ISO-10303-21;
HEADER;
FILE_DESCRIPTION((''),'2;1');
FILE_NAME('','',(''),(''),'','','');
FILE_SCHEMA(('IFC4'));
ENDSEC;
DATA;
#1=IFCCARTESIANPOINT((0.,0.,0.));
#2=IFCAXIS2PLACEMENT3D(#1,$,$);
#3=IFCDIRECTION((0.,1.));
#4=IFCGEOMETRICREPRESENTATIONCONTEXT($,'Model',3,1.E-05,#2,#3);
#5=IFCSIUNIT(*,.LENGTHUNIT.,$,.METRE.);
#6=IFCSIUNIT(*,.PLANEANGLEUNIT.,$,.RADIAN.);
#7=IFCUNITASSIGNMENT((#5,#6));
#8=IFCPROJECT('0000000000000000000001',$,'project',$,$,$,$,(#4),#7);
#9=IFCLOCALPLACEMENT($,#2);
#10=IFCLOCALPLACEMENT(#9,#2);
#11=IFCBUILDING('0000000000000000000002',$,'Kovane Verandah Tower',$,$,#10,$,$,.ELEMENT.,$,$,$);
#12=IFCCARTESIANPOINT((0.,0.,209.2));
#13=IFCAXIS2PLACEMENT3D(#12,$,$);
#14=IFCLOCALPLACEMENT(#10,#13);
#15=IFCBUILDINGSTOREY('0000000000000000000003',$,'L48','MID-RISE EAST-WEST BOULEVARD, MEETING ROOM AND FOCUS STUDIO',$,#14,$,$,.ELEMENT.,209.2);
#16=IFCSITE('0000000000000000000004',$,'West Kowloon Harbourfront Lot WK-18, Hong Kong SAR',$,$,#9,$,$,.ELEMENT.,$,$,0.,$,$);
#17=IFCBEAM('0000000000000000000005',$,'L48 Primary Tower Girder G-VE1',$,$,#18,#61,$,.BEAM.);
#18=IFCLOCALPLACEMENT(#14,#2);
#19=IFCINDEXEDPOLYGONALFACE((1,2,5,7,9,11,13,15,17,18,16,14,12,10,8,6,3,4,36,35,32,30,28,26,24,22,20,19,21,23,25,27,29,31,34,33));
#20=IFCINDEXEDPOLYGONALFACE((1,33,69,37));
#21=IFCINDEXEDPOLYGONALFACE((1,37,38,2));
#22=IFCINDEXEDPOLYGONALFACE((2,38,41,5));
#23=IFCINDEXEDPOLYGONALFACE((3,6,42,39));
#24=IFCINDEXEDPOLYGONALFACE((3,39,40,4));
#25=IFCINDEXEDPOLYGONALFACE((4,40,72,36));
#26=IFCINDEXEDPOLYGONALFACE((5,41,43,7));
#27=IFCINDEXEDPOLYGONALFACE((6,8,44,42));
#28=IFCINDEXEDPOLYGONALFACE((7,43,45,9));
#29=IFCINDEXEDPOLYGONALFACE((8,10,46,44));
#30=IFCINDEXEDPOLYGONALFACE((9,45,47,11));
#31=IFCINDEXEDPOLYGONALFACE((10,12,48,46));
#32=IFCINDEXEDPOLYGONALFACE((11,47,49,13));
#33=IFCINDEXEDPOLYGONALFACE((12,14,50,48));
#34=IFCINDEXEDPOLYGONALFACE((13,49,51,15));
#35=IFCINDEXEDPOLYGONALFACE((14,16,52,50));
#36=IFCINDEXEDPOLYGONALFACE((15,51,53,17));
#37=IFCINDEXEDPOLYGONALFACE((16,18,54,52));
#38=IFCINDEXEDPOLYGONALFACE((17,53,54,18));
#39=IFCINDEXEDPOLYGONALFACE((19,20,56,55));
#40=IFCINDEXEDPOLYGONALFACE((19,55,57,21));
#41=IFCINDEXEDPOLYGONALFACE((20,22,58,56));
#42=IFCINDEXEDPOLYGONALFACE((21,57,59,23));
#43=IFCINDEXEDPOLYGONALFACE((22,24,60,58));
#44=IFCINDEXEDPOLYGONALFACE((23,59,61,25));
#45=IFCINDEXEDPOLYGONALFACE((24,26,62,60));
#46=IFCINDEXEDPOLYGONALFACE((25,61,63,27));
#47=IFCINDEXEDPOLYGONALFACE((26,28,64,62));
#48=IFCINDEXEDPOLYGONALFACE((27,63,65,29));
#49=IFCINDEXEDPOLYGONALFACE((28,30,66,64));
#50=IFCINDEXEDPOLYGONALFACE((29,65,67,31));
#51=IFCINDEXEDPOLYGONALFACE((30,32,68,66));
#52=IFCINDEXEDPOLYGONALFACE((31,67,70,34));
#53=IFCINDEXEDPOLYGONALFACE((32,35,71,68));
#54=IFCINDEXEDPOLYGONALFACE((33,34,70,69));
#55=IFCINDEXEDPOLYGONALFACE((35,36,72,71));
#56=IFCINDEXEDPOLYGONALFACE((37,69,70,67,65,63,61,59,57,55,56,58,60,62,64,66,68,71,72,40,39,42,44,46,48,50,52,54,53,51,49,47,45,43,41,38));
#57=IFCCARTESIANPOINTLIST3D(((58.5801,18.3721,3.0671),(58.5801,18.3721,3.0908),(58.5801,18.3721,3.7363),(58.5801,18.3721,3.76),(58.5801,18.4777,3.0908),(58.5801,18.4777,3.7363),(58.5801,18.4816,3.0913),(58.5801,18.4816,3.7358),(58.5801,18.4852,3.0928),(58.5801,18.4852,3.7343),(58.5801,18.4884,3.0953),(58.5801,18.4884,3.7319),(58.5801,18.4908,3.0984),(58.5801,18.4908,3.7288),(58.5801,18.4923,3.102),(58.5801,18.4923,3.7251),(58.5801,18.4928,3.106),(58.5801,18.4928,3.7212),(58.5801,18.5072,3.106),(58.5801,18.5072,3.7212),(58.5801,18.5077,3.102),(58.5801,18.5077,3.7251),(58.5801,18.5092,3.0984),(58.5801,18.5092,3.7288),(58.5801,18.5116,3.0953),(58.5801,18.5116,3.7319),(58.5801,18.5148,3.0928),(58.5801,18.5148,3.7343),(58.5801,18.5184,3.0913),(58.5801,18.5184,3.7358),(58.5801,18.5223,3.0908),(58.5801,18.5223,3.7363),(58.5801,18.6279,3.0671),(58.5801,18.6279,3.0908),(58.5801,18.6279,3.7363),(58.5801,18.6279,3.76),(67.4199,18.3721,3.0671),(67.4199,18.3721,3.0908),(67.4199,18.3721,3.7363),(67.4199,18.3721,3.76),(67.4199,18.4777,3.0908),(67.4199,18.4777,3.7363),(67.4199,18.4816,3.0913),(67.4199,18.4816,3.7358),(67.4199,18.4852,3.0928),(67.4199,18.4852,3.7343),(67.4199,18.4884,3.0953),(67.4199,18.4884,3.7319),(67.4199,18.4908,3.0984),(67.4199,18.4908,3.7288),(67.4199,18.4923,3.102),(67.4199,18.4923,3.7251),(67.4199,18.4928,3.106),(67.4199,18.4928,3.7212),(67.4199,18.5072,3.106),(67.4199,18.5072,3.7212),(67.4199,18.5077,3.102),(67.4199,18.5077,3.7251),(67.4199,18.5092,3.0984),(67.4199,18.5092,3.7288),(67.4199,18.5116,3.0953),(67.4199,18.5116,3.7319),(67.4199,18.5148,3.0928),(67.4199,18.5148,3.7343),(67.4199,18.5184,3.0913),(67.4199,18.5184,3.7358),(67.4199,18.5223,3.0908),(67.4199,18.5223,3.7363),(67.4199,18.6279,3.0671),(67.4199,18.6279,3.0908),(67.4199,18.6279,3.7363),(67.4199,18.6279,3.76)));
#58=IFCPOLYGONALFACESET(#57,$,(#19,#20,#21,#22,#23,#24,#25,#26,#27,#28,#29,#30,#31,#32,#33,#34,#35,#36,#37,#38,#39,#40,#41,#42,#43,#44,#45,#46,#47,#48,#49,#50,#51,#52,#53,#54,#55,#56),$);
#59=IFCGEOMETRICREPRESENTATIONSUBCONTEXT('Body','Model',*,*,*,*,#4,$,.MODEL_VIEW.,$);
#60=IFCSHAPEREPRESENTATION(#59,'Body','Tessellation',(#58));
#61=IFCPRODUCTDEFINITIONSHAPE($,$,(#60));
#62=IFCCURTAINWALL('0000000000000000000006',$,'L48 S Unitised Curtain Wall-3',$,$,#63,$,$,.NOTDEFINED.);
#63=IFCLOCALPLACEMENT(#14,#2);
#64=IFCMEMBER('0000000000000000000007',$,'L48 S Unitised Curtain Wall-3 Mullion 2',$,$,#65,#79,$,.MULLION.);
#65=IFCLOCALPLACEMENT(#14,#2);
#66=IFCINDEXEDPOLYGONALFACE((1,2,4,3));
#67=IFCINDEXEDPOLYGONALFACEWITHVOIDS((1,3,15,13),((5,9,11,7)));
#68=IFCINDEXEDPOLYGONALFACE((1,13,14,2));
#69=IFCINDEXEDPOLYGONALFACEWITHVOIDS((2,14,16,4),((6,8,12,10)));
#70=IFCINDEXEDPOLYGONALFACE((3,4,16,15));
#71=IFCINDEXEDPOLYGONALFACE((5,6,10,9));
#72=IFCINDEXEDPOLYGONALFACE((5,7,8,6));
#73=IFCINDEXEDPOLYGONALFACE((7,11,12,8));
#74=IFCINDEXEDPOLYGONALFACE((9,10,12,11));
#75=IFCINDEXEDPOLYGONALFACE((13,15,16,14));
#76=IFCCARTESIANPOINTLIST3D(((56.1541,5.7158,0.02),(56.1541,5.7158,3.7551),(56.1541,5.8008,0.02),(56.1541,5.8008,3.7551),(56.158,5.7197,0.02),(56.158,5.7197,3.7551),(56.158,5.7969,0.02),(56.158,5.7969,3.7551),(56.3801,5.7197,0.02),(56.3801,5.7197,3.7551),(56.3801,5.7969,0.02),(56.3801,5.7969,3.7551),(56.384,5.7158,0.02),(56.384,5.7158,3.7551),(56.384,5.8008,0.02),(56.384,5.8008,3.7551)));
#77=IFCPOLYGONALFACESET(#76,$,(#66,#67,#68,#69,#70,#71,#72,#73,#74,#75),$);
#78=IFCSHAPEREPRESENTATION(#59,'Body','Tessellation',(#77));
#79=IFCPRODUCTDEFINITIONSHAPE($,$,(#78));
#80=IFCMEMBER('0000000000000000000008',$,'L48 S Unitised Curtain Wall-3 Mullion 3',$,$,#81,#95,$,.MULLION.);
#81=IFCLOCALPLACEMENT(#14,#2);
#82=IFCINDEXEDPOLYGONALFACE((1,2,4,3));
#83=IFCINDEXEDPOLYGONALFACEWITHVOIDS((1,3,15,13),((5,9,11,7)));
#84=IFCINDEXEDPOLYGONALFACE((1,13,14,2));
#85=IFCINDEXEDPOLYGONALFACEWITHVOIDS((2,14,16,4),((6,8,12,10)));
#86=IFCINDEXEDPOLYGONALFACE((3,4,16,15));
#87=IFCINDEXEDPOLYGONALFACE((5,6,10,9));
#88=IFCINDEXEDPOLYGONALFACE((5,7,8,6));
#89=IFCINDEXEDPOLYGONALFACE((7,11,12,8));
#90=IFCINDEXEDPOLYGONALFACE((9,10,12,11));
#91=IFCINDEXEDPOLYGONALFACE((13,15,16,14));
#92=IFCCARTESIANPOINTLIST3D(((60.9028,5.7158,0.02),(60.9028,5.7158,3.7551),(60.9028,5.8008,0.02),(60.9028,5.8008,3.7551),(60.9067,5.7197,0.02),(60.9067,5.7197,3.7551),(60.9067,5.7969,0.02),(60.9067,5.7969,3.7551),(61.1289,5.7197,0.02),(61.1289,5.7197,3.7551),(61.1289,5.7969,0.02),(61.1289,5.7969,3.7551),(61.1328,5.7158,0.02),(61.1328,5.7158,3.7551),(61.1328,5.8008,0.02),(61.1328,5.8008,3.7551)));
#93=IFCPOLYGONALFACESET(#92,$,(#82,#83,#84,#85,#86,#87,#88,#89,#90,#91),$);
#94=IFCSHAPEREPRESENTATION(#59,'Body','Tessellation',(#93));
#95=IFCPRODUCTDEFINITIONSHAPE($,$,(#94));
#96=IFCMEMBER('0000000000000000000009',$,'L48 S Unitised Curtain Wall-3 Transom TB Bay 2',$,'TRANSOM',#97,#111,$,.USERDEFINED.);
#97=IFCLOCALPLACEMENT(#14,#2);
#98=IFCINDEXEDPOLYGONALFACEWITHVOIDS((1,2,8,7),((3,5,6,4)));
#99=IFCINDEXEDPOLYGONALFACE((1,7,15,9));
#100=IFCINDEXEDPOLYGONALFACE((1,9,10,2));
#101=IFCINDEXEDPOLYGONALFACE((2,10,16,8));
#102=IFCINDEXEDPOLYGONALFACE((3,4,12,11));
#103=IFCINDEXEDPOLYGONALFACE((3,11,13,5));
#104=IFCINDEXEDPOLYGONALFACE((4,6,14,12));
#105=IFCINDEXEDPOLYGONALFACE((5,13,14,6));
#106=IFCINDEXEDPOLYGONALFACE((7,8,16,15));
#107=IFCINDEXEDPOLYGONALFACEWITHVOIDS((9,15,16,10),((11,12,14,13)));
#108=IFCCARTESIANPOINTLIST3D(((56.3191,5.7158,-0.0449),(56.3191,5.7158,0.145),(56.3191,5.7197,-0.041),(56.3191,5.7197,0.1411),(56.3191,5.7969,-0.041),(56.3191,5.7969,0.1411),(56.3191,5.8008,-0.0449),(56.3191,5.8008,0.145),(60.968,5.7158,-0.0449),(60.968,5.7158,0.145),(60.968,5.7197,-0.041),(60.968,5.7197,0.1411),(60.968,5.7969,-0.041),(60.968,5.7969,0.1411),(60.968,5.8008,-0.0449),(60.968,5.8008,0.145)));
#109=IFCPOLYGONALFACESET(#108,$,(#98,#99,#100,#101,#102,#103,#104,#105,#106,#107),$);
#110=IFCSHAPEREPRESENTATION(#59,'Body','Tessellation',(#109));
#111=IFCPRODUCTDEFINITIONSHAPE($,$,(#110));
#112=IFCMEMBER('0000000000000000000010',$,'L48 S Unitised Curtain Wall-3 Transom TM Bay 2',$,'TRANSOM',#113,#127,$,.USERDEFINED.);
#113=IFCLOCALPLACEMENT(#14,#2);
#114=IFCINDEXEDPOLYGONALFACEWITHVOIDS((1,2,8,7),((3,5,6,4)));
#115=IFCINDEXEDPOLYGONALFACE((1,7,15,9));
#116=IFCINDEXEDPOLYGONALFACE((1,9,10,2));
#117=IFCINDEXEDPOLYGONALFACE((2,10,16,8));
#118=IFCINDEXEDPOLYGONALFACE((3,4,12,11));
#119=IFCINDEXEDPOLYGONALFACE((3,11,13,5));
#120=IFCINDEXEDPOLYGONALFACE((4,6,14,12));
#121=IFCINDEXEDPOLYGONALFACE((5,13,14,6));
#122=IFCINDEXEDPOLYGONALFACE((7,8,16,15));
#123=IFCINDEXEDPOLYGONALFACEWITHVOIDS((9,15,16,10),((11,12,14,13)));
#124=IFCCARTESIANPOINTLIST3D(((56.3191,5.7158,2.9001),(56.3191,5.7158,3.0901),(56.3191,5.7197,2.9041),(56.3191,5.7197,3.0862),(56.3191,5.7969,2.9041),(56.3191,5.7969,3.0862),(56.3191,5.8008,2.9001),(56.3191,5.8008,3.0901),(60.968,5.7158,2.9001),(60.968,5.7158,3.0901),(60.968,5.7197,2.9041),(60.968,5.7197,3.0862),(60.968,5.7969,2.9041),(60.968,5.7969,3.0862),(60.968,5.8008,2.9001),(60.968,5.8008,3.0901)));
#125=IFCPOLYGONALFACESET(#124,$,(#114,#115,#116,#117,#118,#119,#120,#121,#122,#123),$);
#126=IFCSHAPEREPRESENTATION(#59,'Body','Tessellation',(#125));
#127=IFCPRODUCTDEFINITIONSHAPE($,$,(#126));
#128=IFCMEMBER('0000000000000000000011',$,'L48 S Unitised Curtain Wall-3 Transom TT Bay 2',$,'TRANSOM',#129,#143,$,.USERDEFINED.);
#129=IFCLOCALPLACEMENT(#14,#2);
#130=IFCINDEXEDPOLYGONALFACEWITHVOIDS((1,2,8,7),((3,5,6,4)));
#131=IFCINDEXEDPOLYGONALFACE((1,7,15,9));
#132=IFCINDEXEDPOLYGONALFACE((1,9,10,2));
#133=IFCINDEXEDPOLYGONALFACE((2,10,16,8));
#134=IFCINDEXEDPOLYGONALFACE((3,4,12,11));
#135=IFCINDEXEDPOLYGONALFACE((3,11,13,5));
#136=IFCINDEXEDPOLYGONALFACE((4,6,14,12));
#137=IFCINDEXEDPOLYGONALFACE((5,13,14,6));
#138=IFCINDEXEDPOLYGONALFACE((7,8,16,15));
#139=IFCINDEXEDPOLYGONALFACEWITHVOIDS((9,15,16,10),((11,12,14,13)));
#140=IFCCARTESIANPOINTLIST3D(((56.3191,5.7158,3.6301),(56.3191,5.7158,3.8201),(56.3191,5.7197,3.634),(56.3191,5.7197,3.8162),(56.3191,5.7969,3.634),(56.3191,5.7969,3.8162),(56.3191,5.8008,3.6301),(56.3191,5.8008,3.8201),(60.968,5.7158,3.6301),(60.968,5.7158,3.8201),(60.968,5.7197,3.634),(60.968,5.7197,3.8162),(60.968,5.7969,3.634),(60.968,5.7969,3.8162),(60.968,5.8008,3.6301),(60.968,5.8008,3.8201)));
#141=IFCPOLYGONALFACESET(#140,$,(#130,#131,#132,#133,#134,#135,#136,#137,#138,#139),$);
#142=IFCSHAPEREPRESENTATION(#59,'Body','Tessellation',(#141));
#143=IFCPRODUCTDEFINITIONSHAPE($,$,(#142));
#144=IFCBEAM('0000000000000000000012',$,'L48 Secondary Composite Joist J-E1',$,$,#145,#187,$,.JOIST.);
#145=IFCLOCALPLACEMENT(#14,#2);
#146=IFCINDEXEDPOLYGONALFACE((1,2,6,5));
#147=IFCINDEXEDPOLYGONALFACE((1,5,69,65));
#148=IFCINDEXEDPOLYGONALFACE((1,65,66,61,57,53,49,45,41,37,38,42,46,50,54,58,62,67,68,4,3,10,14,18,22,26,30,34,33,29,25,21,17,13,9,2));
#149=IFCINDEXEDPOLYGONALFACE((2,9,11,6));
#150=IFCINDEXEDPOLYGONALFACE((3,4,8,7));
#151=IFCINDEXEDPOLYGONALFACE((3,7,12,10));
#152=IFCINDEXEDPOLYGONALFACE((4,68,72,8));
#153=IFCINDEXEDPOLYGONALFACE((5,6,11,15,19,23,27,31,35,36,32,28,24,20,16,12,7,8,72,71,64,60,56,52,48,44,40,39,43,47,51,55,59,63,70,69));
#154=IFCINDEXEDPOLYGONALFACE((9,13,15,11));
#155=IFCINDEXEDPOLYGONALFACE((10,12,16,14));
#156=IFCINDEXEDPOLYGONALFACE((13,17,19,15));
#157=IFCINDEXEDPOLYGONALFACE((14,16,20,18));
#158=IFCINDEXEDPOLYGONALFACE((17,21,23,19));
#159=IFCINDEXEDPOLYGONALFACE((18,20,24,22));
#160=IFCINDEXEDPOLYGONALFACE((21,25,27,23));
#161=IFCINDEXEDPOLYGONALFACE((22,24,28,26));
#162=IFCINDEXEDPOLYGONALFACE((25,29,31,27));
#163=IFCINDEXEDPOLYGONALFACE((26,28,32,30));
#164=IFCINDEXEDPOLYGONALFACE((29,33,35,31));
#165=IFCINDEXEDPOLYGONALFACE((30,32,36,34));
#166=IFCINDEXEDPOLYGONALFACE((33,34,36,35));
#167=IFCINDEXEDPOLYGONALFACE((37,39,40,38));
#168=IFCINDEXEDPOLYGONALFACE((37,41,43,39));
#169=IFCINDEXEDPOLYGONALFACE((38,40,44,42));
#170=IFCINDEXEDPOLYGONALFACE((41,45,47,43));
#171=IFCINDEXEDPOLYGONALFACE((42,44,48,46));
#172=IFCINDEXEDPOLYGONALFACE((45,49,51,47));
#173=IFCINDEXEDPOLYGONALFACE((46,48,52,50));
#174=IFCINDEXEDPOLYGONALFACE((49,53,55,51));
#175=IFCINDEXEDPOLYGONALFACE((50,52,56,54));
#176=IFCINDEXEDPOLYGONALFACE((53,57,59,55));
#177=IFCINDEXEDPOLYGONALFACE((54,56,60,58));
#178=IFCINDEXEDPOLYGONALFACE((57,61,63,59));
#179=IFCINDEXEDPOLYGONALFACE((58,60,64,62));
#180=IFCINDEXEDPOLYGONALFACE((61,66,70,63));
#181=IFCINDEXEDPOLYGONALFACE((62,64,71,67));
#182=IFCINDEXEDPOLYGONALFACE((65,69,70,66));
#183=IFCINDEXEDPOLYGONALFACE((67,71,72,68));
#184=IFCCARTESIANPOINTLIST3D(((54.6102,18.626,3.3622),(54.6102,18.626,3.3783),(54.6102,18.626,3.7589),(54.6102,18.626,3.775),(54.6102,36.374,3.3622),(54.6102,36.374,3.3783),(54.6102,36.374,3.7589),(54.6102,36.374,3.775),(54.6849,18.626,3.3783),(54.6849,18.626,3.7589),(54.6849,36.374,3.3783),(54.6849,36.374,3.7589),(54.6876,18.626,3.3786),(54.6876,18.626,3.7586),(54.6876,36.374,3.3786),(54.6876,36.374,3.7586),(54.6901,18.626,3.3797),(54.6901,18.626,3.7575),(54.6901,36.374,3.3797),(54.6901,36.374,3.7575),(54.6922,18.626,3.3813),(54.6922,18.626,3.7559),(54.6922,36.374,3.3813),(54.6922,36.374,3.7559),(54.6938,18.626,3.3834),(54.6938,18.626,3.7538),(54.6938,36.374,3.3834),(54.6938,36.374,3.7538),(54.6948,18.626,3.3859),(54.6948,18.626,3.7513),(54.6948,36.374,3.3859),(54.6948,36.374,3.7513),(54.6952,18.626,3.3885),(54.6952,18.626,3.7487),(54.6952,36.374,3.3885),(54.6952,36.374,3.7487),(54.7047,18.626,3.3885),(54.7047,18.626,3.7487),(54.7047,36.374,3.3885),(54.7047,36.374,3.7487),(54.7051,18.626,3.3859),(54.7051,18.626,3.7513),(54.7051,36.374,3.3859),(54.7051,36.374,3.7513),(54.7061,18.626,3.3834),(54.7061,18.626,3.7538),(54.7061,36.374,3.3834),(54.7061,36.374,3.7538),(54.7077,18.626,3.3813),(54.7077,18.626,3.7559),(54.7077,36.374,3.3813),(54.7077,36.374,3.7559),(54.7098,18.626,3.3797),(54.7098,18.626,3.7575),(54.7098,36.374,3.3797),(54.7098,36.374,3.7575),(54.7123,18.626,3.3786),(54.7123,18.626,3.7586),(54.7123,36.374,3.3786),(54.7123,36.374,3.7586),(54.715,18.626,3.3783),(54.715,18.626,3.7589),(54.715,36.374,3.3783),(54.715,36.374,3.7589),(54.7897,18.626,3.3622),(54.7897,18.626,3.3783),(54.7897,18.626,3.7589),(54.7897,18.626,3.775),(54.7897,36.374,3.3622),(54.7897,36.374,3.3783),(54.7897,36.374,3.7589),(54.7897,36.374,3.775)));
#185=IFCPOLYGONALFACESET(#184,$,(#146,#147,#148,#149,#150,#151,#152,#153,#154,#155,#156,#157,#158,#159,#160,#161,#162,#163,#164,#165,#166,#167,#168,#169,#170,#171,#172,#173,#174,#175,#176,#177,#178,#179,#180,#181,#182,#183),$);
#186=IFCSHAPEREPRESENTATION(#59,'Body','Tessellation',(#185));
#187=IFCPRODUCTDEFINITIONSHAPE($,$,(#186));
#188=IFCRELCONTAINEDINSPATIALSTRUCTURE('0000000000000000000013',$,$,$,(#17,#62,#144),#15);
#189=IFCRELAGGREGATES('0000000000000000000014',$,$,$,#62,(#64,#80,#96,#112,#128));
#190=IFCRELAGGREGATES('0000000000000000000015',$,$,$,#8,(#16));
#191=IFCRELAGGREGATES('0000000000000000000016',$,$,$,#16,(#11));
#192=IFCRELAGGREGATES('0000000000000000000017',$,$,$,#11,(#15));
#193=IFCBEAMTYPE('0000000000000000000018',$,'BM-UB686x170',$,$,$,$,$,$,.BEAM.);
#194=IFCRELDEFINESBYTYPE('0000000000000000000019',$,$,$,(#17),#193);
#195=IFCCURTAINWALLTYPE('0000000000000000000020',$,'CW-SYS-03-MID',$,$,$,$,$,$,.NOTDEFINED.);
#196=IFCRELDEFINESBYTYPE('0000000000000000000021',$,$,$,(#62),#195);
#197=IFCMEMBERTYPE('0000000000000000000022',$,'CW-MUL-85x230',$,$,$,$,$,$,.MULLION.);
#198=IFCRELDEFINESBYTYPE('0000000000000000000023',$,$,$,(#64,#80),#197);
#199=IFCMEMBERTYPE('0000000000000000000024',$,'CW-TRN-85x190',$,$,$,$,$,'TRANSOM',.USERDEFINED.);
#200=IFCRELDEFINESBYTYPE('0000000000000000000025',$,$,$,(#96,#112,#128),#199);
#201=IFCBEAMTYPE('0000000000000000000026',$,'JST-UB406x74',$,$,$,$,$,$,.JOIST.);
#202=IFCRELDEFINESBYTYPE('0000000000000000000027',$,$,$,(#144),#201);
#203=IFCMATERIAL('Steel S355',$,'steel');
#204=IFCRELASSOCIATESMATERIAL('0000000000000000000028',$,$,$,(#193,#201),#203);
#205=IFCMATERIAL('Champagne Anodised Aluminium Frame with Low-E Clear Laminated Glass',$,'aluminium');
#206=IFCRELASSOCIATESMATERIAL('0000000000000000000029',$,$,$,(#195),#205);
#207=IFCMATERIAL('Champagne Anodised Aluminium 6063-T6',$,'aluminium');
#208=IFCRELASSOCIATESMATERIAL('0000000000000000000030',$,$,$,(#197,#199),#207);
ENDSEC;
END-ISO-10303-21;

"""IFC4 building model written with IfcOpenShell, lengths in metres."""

from ifc_helpers import new_model, si_unit, direction, frame, origin, origin_2d, place, context, subcontext, project, spatial, hollow_rectangle, i_section, extrude, material, material_profile, profile_set, type_object, element, aggregate, save


model = new_model("IFC4")

# Units and contexts
model_context = context("Model", 3, precision=1e-05, world=origin(), true_north=direction((0.0, 1.0)))
body_context = subcontext(model_context, "Body", "Model", "MODEL_VIEW")
ifc_project = project(units=[si_unit("LENGTHUNIT", "METRE"), si_unit("PLANEANGLEUNIT", "RADIAN")], contexts=[model_context])

# Site, building, storey
site_placement = place(None, origin())
site = spatial("IfcSite", under=ifc_project, at=site_placement, Name="West Kowloon Harbourfront Lot WK-18, Hong Kong SAR", CompositionType="ELEMENT", RefElevation=0.0)
building_placement = place(site_placement, origin())
building = spatial("IfcBuilding", under=site, at=building_placement, Name="Kovane Verandah Tower", CompositionType="ELEMENT")
storey_placement = place(building_placement, frame((0.0, 0.0, 209.2)))
storey = spatial("IfcBuildingStorey", under=building, at=storey_placement, Name="L48", Description="MID-RISE EAST-WEST BOULEVARD, MEETING ROOM AND FOCUS STUDIO", CompositionType="ELEMENT", Elevation=209.2)

# Beam
ifc_material_1 = material(Name="Steel S355", Category="steel")
ifc_material_profile_1 = material_profile(ifc_material_1, i_section(OverallWidth=0.2559, OverallDepth=0.6929, WebThickness=0.0144, FlangeThickness=0.0237, FilletRadius=0.0151, at=origin_2d()), Name="UB686x254x170")
ifc_profile_set_1 = profile_set([ifc_material_profile_1], Name="Steel S355")
beam_type_1 = type_object("IfcBeamType", Name="BM-UB686x170", PredefinedType="BEAM", material=ifc_profile_set_1)
beam_1_placement = place(storey_placement, frame((58.5801, 18.5, 3.4136), z_axis=(1.0, 0.0, 0.0), x_axis=(0.0, 1.0, 0.0)))
element("IfcBeam", 1, at=beam_1_placement, inside=storey, type_object=beam_type_1, Name="L48 Primary Tower Girder G-VE1", PredefinedType="BEAM", context=body_context, shape_type="SweptSolid", body=[
    extrude(i_section(OverallWidth=0.2559, OverallDepth=0.6929, WebThickness=0.0144, FlangeThickness=0.0237, FilletRadius=0.0151, at=origin_2d()), origin(), (0.0, 0.0, 1.0), 8.8398),
])

# Curtain wall, members
ifc_material_2 = material(Name="Champagne Anodised Aluminium Frame with Low-E Clear Laminated Glass", Category="aluminium")
curtain_wall_type = type_object("IfcCurtainWallType", Name="CW-SYS-03-MID", PredefinedType="NOTDEFINED", material=ifc_material_2)
curtain_wall_placement = place(storey_placement, origin())
curtain_wall = element("IfcCurtainWall", 2, at=curtain_wall_placement, inside=storey, type_object=curtain_wall_type, Name="L48 S Unitised Curtain Wall-3", PredefinedType="NOTDEFINED")
ifc_material_3 = material(Name="Champagne Anodised Aluminium 6063-T6", Category="aluminium")
ifc_material_profile_2 = material_profile(ifc_material_3, hollow_rectangle(XDim=0.085, YDim=0.23, WallThickness=0.0039, at=origin_2d()), Name="AL85x230x4")
ifc_profile_set_2 = profile_set([ifc_material_profile_2], Name="Champagne Anodised Aluminium 6063-T6")
member_type_1 = type_object("IfcMemberType", Name="CW-MUL-85x230", PredefinedType="MULLION", material=ifc_profile_set_2)
member_1_placement = place(storey_placement, frame((56.269, 5.7583, 0.02), z_axis=(0.0, 0.0, 1.0), x_axis=(0.0, -1.0, 0.0)))
member_1 = element("IfcMember", 3, at=member_1_placement, type_object=member_type_1, Name="L48 S Unitised Curtain Wall-3 Mullion 2", PredefinedType="MULLION", context=body_context, shape_type="SweptSolid", body=[
    extrude(hollow_rectangle(XDim=0.085, YDim=0.23, WallThickness=0.0039, at=origin_2d()), origin(), (0.0, 0.0, 1.0), 3.7351),
])
member_2_placement = place(storey_placement, frame((61.0178, 5.7583, 0.02), z_axis=(0.0, 0.0, 1.0), x_axis=(0.0, -1.0, 0.0)))
member_2 = element("IfcMember", 4, at=member_2_placement, type_object=member_type_1, Name="L48 S Unitised Curtain Wall-3 Mullion 3", PredefinedType="MULLION", context=body_context, shape_type="SweptSolid", body=[
    extrude(hollow_rectangle(XDim=0.085, YDim=0.23, WallThickness=0.0039, at=origin_2d()), origin(), (0.0, 0.0, 1.0), 3.7351),
])
ifc_material_profile_3 = material_profile(ifc_material_3, hollow_rectangle(XDim=0.085, YDim=0.1899, WallThickness=0.0039, at=origin_2d()), Name="AL85x190x4")
ifc_profile_set_3 = profile_set([ifc_material_profile_3], Name="Champagne Anodised Aluminium 6063-T6")
member_type_2 = type_object("IfcMemberType", Name="CW-TRN-85x190", ElementType="TRANSOM", PredefinedType="USERDEFINED", material=ifc_profile_set_3)
member_3_placement = place(storey_placement, frame((56.3191, 5.7583, 0.05), z_axis=(1.0, 0.0, 0.0), x_axis=(0.0, 1.0, 0.0)))
member_3 = element("IfcMember", 5, at=member_3_placement, type_object=member_type_2, Name="L48 S Unitised Curtain Wall-3 Transom TB Bay 2", ObjectType="TRANSOM", PredefinedType="USERDEFINED", context=body_context, shape_type="SweptSolid", body=[
    extrude(hollow_rectangle(XDim=0.085, YDim=0.1899, WallThickness=0.0039, at=origin_2d()), origin(), (0.0, 0.0, 1.0), 4.6489),
])
member_4_placement = place(storey_placement, frame((56.3191, 5.7583, 2.9951), z_axis=(1.0, 0.0, 0.0), x_axis=(0.0, 1.0, 0.0)))
member_4 = element("IfcMember", 6, at=member_4_placement, type_object=member_type_2, Name="L48 S Unitised Curtain Wall-3 Transom TM Bay 2", ObjectType="TRANSOM", PredefinedType="USERDEFINED", context=body_context, shape_type="SweptSolid", body=[
    extrude(hollow_rectangle(XDim=0.085, YDim=0.1899, WallThickness=0.0039, at=origin_2d()), origin(), (0.0, 0.0, 1.0), 4.6489),
])
member_5_placement = place(storey_placement, frame((56.3191, 5.7583, 3.7251), z_axis=(1.0, 0.0, 0.0), x_axis=(0.0, 1.0, 0.0)))
member_5 = element("IfcMember", 7, at=member_5_placement, type_object=member_type_2, Name="L48 S Unitised Curtain Wall-3 Transom TT Bay 2", ObjectType="TRANSOM", PredefinedType="USERDEFINED", context=body_context, shape_type="SweptSolid", body=[
    extrude(hollow_rectangle(XDim=0.085, YDim=0.1899, WallThickness=0.0039, at=origin_2d()), origin(), (0.0, 0.0, 1.0), 4.6489),
])

# Beam
ifc_material_profile_4 = material_profile(ifc_material_1, i_section(OverallWidth=0.1794, OverallDepth=0.4128, WebThickness=0.0095, FlangeThickness=0.0161, FilletRadius=0.0103, at=origin_2d()), Name="UB406x178x74")
ifc_profile_set_4 = profile_set([ifc_material_profile_4], Name="Steel S355")
beam_type_2 = type_object("IfcBeamType", Name="JST-UB406x74", PredefinedType="JOIST", material=ifc_profile_set_4)
beam_2_placement = place(storey_placement, frame((54.7, 18.626, 3.5686), z_axis=(0.0, 1.0, 0.0), x_axis=(-1.0, 0.0, 0.0)))
element("IfcBeam", 8, at=beam_2_placement, inside=storey, type_object=beam_type_2, Name="L48 Secondary Composite Joist J-E1", PredefinedType="JOIST", context=body_context, shape_type="SweptSolid", body=[
    extrude(i_section(OverallWidth=0.1794, OverallDepth=0.4128, WebThickness=0.0095, FlangeThickness=0.0161, FilletRadius=0.0103, at=origin_2d()), origin(), (0.0, 0.0, 1.0), 17.748),
])

aggregate(curtain_wall, [member_1, member_2, member_3, member_4, member_5])

save(model, "model.ifc")
